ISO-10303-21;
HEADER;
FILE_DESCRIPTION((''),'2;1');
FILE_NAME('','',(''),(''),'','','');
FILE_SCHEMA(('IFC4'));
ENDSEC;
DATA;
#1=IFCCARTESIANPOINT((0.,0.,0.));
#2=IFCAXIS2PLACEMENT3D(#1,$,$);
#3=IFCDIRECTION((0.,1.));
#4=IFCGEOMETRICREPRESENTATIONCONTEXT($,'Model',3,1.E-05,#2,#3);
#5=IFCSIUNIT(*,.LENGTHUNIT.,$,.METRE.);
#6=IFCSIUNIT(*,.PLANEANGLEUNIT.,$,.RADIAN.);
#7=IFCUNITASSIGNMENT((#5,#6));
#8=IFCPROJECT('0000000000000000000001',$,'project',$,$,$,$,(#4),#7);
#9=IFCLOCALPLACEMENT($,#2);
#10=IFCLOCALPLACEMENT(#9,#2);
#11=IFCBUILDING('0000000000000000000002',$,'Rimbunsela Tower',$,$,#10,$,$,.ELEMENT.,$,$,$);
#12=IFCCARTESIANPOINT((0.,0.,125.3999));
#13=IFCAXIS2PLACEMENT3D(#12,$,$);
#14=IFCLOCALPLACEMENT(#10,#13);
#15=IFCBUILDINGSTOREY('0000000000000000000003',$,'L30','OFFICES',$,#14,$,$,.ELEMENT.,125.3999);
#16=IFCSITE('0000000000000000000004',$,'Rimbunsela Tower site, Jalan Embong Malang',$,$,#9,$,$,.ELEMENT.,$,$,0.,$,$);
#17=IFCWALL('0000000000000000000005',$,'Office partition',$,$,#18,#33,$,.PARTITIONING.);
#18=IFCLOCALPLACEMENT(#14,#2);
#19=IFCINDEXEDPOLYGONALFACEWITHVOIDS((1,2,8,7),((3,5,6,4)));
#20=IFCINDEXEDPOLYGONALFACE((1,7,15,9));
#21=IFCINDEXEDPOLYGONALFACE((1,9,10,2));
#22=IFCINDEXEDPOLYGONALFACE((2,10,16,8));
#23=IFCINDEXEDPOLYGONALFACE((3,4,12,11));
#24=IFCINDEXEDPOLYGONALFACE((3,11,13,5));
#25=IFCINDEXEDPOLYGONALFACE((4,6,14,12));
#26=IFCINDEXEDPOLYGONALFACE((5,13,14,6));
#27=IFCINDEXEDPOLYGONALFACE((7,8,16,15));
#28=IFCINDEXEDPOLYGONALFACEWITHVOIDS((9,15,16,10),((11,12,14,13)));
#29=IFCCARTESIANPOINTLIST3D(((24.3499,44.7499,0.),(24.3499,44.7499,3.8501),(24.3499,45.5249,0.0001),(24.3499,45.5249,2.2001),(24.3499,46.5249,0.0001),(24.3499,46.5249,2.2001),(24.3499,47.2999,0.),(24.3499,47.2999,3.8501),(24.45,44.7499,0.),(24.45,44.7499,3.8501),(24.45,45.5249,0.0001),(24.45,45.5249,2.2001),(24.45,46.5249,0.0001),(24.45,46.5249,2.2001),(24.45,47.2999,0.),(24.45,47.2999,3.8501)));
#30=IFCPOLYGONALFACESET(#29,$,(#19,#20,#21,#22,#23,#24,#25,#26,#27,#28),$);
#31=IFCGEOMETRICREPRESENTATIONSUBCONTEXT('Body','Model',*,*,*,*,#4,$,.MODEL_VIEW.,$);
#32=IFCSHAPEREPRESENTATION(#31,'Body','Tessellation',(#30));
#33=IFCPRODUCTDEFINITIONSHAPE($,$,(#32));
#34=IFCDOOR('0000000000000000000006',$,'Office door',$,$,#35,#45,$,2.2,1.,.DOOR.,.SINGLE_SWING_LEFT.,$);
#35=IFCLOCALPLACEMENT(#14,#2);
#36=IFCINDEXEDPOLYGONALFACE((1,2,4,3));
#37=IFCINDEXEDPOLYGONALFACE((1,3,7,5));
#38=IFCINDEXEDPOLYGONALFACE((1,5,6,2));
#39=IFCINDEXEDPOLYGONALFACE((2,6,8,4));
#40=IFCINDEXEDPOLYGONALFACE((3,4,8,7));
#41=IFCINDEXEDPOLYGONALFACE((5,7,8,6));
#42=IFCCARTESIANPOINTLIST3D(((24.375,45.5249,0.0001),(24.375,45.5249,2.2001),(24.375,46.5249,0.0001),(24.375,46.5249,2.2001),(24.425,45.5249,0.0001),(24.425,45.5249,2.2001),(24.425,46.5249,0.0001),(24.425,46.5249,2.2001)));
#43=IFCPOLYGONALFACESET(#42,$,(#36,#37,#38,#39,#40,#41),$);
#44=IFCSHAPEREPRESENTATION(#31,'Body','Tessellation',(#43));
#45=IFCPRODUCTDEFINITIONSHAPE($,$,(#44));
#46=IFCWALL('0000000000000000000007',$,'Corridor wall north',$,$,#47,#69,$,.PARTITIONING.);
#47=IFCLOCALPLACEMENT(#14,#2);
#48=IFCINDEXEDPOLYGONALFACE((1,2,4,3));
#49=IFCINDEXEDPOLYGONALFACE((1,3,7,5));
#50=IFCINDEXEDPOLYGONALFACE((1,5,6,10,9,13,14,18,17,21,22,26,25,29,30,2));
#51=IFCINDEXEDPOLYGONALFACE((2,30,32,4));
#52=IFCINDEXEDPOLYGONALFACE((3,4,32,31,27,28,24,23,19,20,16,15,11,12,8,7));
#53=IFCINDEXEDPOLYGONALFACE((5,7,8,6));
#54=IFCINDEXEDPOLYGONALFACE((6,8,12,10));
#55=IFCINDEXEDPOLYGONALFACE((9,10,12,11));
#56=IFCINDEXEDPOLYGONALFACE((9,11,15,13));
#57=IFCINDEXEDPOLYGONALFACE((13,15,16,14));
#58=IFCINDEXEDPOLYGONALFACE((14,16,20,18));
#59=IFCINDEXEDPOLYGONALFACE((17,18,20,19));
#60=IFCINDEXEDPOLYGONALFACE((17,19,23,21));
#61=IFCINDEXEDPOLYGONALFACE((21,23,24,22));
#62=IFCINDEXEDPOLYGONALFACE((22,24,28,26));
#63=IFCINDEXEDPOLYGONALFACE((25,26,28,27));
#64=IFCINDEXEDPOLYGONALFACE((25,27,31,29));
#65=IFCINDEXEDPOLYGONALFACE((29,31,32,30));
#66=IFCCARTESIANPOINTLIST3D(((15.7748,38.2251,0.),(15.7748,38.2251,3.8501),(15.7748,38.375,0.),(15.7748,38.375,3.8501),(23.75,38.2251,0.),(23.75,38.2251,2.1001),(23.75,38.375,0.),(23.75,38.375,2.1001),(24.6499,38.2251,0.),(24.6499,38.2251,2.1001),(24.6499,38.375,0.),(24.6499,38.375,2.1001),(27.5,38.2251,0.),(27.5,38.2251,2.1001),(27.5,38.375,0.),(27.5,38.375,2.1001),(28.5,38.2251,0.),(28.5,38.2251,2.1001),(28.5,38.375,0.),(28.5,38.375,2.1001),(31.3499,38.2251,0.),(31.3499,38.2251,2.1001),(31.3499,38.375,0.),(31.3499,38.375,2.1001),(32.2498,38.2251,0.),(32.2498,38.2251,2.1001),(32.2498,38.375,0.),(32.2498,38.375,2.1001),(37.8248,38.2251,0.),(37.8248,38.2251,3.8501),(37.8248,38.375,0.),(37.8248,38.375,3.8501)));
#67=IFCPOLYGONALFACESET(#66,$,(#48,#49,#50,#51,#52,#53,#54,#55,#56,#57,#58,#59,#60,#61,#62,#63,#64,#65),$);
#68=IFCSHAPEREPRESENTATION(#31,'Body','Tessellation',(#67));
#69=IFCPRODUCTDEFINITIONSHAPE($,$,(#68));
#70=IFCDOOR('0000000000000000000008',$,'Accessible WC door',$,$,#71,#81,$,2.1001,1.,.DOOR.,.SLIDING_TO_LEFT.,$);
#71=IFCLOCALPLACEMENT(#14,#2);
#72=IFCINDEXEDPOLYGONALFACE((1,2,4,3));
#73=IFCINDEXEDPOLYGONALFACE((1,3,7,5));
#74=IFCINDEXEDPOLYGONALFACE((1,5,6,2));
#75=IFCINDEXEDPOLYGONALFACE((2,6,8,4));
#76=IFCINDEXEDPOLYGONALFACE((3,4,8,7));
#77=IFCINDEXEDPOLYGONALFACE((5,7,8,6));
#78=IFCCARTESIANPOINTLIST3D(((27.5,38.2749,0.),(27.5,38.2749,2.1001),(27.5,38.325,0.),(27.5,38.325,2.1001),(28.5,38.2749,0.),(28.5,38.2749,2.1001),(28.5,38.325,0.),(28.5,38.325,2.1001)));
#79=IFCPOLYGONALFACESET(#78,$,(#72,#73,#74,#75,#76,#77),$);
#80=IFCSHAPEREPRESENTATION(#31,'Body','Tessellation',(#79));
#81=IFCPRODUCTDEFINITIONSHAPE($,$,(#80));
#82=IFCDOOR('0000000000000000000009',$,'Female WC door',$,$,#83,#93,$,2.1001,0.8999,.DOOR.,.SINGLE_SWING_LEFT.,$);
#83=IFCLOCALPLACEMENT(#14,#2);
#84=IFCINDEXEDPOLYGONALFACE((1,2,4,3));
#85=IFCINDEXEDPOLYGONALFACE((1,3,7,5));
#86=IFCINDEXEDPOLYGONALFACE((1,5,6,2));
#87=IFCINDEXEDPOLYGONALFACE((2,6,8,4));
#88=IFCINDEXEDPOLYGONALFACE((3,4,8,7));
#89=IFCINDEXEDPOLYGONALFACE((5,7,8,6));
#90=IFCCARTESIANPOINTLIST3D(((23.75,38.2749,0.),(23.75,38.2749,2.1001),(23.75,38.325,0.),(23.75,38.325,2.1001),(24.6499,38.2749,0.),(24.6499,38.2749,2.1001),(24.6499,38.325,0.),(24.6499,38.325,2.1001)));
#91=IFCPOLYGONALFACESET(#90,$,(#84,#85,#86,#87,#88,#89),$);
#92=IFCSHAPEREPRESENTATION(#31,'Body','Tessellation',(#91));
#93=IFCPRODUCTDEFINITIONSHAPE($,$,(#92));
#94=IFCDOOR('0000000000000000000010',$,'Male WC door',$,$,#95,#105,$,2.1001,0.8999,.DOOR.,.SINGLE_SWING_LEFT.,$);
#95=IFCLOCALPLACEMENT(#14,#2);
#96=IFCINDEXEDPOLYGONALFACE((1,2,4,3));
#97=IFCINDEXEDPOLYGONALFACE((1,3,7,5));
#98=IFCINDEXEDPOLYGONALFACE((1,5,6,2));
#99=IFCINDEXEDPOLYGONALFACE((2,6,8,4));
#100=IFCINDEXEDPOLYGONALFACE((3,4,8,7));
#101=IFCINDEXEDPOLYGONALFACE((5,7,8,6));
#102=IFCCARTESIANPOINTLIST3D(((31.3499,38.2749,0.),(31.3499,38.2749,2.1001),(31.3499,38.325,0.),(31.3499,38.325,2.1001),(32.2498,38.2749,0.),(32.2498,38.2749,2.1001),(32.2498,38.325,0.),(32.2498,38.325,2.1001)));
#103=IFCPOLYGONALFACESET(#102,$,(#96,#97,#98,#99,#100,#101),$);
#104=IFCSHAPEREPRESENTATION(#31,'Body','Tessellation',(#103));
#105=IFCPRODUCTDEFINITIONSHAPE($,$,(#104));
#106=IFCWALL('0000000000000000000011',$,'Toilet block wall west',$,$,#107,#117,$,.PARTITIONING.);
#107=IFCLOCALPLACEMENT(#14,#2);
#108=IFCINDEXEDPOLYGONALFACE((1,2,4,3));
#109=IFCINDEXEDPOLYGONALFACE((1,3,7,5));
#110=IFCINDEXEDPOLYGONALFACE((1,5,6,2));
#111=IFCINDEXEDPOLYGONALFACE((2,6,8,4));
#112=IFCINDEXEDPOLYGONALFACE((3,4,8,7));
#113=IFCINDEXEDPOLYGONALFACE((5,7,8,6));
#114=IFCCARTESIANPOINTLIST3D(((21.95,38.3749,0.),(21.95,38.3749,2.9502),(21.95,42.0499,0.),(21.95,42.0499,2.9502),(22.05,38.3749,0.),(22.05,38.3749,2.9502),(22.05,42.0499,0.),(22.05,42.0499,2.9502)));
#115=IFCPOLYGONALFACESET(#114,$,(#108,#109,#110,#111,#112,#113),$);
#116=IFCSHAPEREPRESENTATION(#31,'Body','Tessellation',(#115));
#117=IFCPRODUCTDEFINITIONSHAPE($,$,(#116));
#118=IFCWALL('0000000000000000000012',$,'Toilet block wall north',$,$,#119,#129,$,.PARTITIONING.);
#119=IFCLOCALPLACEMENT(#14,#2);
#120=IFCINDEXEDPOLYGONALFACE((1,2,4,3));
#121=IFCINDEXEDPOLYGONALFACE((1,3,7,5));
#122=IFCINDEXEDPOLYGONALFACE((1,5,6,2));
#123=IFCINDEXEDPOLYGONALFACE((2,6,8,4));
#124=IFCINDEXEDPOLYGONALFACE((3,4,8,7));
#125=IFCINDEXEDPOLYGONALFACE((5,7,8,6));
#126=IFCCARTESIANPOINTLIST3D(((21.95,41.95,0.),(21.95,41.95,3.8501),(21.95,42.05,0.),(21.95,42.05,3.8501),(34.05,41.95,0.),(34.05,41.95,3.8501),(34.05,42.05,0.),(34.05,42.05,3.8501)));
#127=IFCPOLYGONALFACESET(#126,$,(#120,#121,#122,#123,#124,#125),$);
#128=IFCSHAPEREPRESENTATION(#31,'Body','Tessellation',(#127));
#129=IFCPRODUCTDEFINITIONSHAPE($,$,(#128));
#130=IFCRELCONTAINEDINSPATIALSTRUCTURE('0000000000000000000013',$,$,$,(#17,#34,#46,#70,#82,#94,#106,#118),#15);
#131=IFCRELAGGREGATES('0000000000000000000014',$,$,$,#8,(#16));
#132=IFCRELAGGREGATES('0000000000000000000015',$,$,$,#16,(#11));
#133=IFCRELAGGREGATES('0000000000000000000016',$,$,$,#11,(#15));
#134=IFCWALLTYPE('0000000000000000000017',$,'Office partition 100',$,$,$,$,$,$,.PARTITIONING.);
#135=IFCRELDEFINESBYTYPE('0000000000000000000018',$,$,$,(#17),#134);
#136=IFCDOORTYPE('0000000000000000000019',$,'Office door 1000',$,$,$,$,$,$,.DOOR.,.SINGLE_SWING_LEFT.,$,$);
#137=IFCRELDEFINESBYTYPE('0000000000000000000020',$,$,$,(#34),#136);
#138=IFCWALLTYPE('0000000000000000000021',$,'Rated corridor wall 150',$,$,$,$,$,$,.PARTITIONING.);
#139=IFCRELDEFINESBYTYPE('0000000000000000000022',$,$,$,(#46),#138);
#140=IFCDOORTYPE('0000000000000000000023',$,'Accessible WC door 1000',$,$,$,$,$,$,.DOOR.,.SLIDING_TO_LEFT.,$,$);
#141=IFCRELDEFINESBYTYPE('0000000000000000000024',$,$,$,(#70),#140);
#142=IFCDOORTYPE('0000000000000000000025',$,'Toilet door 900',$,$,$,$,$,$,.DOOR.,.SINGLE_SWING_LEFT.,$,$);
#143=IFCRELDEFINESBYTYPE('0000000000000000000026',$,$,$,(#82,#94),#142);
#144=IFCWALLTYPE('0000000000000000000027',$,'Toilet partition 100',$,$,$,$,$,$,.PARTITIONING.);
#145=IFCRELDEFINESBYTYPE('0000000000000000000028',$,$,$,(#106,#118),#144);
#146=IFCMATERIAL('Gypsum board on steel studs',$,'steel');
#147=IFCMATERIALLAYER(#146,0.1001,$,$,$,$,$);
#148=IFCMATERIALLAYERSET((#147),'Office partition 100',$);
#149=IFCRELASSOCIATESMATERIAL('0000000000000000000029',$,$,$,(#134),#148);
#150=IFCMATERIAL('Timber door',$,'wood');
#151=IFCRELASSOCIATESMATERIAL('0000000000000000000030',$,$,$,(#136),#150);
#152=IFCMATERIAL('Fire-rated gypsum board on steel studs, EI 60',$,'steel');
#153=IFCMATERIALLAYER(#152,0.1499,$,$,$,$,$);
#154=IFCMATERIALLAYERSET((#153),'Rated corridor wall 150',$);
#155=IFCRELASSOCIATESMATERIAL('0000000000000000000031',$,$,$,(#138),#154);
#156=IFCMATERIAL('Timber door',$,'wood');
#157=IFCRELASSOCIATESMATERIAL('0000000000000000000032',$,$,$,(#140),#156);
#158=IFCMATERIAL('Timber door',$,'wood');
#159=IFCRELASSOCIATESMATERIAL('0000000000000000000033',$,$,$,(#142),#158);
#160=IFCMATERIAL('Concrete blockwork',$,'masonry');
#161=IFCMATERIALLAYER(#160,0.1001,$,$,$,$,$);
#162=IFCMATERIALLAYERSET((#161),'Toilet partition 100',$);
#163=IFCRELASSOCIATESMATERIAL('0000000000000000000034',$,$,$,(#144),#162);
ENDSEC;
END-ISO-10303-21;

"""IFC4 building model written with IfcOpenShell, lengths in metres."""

from ifc_helpers import new_model, si_unit, direction, frame, frame_2d, origin, place, context, subcontext, project, spatial, rectangle, extrude, material, layer, layer_set, type_object, element, fill, save


model = new_model("IFC4")

# Units and contexts
model_context = context("Model", 3, precision=1e-05, world=origin(), true_north=direction((0.0, 1.0)))
body_context = subcontext(model_context, "Body", "Model", "MODEL_VIEW")
ifc_project = project(units=[si_unit("LENGTHUNIT", "METRE"), si_unit("PLANEANGLEUNIT", "RADIAN")], contexts=[model_context])

# Site, building, storey
site_placement = place(None, origin())
site = spatial("IfcSite", under=ifc_project, at=site_placement, Name="Rimbunsela Tower site, Jalan Embong Malang", CompositionType="ELEMENT", RefElevation=0.0)
building_placement = place(site_placement, origin())
building = spatial("IfcBuilding", under=site, at=building_placement, Name="Rimbunsela Tower", CompositionType="ELEMENT")
storey_placement = place(building_placement, frame((0.0, 0.0, 125.3999)))
storey = spatial("IfcBuildingStorey", under=building, at=storey_placement, Name="L30", Description="OFFICES", CompositionType="ELEMENT", Elevation=125.3999)

# Shared definitions
ifc_material_1 = material(Name="Gypsum board on steel studs", Category="steel")
ifc_layer_1 = layer(ifc_material_1, 0.1001)
ifc_layer_set_1 = layer_set([ifc_layer_1], Name="Office partition 100")
wall_type_1 = type_object("IfcWallType", Name="Office partition 100", PredefinedType="PARTITIONING", material=ifc_layer_set_1)

# Wall, opening, door
wall_1_placement = place(storey_placement, frame((24.3999, 44.75, 0.0), z_axis=(0.0, 0.0, 1.0), x_axis=(0.0, 1.0, 0.0)))
wall_1 = element("IfcWall", 1, at=wall_1_placement, inside=storey, type_object=wall_type_1, Name="Office partition", PredefinedType="PARTITIONING", context=body_context, shape_type="SweptSolid", body=[
    extrude(rectangle(XDim=2.55, YDim=0.1001, at=frame_2d((1.2749, 0.0))), origin(), (0.0, 0.0, 1.0), 3.8501),
])
opening_1_placement = place(wall_1_placement, frame((0.7749, 0.0, 0.0)))
opening_1 = element("IfcOpeningElement", 2, at=opening_1_placement, cuts=wall_1, PredefinedType="OPENING", context=body_context, shape_type="SweptSolid", body=[
    extrude(rectangle(XDim=1.0, YDim=2.2, at=frame_2d((0.5, 1.1001))), frame((0.0, 0.0601, 0.0), z_axis=(0.0, -1.0, 0.0), x_axis=(1.0, 0.0, 0.0)), (0.0, 0.0, 1.0), 0.1201),
])
ifc_material_2 = material(Name="Timber door", Category="wood")
door_type_1 = type_object("IfcDoorType", Name="Office door 1000", OperationType="SINGLE_SWING_LEFT", PredefinedType="DOOR", material=ifc_material_2)
door_1_placement = place(opening_1_placement, origin())
door_1 = element("IfcDoor", 3, at=door_1_placement, inside=storey, type_object=door_type_1, Name="Office door", OperationType="SINGLE_SWING_LEFT", OverallHeight=2.2, OverallWidth=1.0, PredefinedType="DOOR", context=body_context, shape_type="SweptSolid", body=[
    extrude(rectangle(XDim=1.0, YDim=2.2, at=frame_2d((0.5, 1.1001))), frame((0.0, 0.0249, 0.0), z_axis=(0.0, -1.0, 0.0), x_axis=(1.0, 0.0, 0.0)), (0.0, 0.0, 1.0), 0.05),
])
fill(opening_1, door_1)

# Wall, openings, doors
ifc_material_3 = material(Name="Fire-rated gypsum board on steel studs, EI 60", Category="steel")
ifc_layer_2 = layer(ifc_material_3, 0.1499)
ifc_layer_set_2 = layer_set([ifc_layer_2], Name="Rated corridor wall 150")
wall_type_2 = type_object("IfcWallType", Name="Rated corridor wall 150", PredefinedType="PARTITIONING", material=ifc_layer_set_2)
wall_2_placement = place(storey_placement, frame((15.7749, 38.3, 0.0), z_axis=(0.0, 0.0, 1.0), x_axis=(1.0, 0.0, 0.0)))
wall_2 = element("IfcWall", 4, at=wall_2_placement, inside=storey, type_object=wall_type_2, Name="Corridor wall north", PredefinedType="PARTITIONING", context=body_context, shape_type="SweptSolid", body=[
    extrude(rectangle(XDim=22.05, YDim=0.1499, at=frame_2d((11.0249, 0.0))), origin(), (0.0, 0.0, 1.0), 3.8501),
])
opening_2_placement = place(wall_2_placement, frame((7.9751, 0.0, 0.0)))
opening_2 = element("IfcOpeningElement", 5, at=opening_2_placement, cuts=wall_2, PredefinedType="OPENING", context=body_context, shape_type="SweptSolid", body=[
    extrude(rectangle(XDim=0.8999, YDim=2.1001, at=frame_2d((0.45, 1.05))), frame((0.0, 0.085, 0.0), z_axis=(0.0, -1.0, 0.0), x_axis=(1.0, 0.0, 0.0)), (0.0, 0.0, 1.0), 0.1699),
])
opening_3_placement = place(wall_2_placement, frame((11.7251, 0.0, 0.0)))
opening_3 = element("IfcOpeningElement", 6, at=opening_3_placement, cuts=wall_2, PredefinedType="OPENING", context=body_context, shape_type="SweptSolid", body=[
    extrude(rectangle(XDim=1.0, YDim=2.1001, at=frame_2d((0.5, 1.05))), frame((0.0, 0.085, 0.0), z_axis=(0.0, -1.0, 0.0), x_axis=(1.0, 0.0, 0.0)), (0.0, 0.0, 1.0), 0.1699),
])
opening_4_placement = place(wall_2_placement, frame((15.575, 0.0, 0.0)))
opening_4 = element("IfcOpeningElement", 7, at=opening_4_placement, cuts=wall_2, PredefinedType="OPENING", context=body_context, shape_type="SweptSolid", body=[
    extrude(rectangle(XDim=0.8999, YDim=2.1001, at=frame_2d((0.45, 1.05))), frame((0.0, 0.085, 0.0), z_axis=(0.0, -1.0, 0.0), x_axis=(1.0, 0.0, 0.0)), (0.0, 0.0, 1.0), 0.1699),
])
ifc_material_4 = material(Name="Timber door", Category="wood")
door_type_2 = type_object("IfcDoorType", Name="Accessible WC door 1000", OperationType="SLIDING_TO_LEFT", PredefinedType="DOOR", material=ifc_material_4)
door_2_placement = place(opening_3_placement, origin())
door_2 = element("IfcDoor", 8, at=door_2_placement, inside=storey, type_object=door_type_2, Name="Accessible WC door", OperationType="SLIDING_TO_LEFT", OverallHeight=2.1001, OverallWidth=1.0, PredefinedType="DOOR", context=body_context, shape_type="SweptSolid", body=[
    extrude(rectangle(XDim=1.0, YDim=2.1001, at=frame_2d((0.5, 1.05))), frame((0.0, 0.0249, 0.0), z_axis=(0.0, -1.0, 0.0), x_axis=(1.0, 0.0, 0.0)), (0.0, 0.0, 1.0), 0.05),
])
fill(opening_3, door_2)
ifc_material_5 = material(Name="Timber door", Category="wood")
door_type_3 = type_object("IfcDoorType", Name="Toilet door 900", OperationType="SINGLE_SWING_LEFT", PredefinedType="DOOR", material=ifc_material_5)
door_3_placement = place(opening_2_placement, origin())
door_3 = element("IfcDoor", 9, at=door_3_placement, inside=storey, type_object=door_type_3, Name="Female WC door", OperationType="SINGLE_SWING_LEFT", OverallHeight=2.1001, OverallWidth=0.8999, PredefinedType="DOOR", context=body_context, shape_type="SweptSolid", body=[
    extrude(rectangle(XDim=0.8999, YDim=2.1001, at=frame_2d((0.45, 1.05))), frame((0.0, 0.0249, 0.0), z_axis=(0.0, -1.0, 0.0), x_axis=(1.0, 0.0, 0.0)), (0.0, 0.0, 1.0), 0.05),
])
fill(opening_2, door_3)
door_4_placement = place(opening_4_placement, origin())
door_4 = element("IfcDoor", 10, at=door_4_placement, inside=storey, type_object=door_type_3, Name="Male WC door", OperationType="SINGLE_SWING_LEFT", OverallHeight=2.1001, OverallWidth=0.8999, PredefinedType="DOOR", context=body_context, shape_type="SweptSolid", body=[
    extrude(rectangle(XDim=0.8999, YDim=2.1001, at=frame_2d((0.45, 1.05))), frame((0.0, 0.0249, 0.0), z_axis=(0.0, -1.0, 0.0), x_axis=(1.0, 0.0, 0.0)), (0.0, 0.0, 1.0), 0.05),
])
fill(opening_4, door_4)

# Walls
ifc_material_6 = material(Name="Concrete blockwork", Category="masonry")
ifc_layer_3 = layer(ifc_material_6, 0.1001)
ifc_layer_set_3 = layer_set([ifc_layer_3], Name="Toilet partition 100")
wall_type_3 = type_object("IfcWallType", Name="Toilet partition 100", PredefinedType="PARTITIONING", material=ifc_layer_set_3)
wall_3_placement = place(storey_placement, frame((22.0, 38.375, 0.0), z_axis=(0.0, 0.0, 1.0), x_axis=(0.0, 1.0, 0.0)))
element("IfcWall", 11, at=wall_3_placement, inside=storey, type_object=wall_type_3, Name="Toilet block wall west", PredefinedType="PARTITIONING", context=body_context, shape_type="SweptSolid", body=[
    extrude(rectangle(XDim=3.675, YDim=0.1001, at=frame_2d((1.8374, 0.0))), origin(), (0.0, 0.0, 1.0), 2.9502),
])
wall_4_placement = place(storey_placement, frame((21.95, 42.0, 0.0), z_axis=(0.0, 0.0, 1.0), x_axis=(1.0, 0.0, 0.0)))
element("IfcWall", 12, at=wall_4_placement, inside=storey, type_object=wall_type_3, Name="Toilet block wall north", PredefinedType="PARTITIONING", context=body_context, shape_type="SweptSolid", body=[
    extrude(rectangle(XDim=12.1001, YDim=0.1001, at=frame_2d((6.05, 0.0))), origin(), (0.0, 0.0, 1.0), 3.8501),
])

save(model, "model.ifc")
